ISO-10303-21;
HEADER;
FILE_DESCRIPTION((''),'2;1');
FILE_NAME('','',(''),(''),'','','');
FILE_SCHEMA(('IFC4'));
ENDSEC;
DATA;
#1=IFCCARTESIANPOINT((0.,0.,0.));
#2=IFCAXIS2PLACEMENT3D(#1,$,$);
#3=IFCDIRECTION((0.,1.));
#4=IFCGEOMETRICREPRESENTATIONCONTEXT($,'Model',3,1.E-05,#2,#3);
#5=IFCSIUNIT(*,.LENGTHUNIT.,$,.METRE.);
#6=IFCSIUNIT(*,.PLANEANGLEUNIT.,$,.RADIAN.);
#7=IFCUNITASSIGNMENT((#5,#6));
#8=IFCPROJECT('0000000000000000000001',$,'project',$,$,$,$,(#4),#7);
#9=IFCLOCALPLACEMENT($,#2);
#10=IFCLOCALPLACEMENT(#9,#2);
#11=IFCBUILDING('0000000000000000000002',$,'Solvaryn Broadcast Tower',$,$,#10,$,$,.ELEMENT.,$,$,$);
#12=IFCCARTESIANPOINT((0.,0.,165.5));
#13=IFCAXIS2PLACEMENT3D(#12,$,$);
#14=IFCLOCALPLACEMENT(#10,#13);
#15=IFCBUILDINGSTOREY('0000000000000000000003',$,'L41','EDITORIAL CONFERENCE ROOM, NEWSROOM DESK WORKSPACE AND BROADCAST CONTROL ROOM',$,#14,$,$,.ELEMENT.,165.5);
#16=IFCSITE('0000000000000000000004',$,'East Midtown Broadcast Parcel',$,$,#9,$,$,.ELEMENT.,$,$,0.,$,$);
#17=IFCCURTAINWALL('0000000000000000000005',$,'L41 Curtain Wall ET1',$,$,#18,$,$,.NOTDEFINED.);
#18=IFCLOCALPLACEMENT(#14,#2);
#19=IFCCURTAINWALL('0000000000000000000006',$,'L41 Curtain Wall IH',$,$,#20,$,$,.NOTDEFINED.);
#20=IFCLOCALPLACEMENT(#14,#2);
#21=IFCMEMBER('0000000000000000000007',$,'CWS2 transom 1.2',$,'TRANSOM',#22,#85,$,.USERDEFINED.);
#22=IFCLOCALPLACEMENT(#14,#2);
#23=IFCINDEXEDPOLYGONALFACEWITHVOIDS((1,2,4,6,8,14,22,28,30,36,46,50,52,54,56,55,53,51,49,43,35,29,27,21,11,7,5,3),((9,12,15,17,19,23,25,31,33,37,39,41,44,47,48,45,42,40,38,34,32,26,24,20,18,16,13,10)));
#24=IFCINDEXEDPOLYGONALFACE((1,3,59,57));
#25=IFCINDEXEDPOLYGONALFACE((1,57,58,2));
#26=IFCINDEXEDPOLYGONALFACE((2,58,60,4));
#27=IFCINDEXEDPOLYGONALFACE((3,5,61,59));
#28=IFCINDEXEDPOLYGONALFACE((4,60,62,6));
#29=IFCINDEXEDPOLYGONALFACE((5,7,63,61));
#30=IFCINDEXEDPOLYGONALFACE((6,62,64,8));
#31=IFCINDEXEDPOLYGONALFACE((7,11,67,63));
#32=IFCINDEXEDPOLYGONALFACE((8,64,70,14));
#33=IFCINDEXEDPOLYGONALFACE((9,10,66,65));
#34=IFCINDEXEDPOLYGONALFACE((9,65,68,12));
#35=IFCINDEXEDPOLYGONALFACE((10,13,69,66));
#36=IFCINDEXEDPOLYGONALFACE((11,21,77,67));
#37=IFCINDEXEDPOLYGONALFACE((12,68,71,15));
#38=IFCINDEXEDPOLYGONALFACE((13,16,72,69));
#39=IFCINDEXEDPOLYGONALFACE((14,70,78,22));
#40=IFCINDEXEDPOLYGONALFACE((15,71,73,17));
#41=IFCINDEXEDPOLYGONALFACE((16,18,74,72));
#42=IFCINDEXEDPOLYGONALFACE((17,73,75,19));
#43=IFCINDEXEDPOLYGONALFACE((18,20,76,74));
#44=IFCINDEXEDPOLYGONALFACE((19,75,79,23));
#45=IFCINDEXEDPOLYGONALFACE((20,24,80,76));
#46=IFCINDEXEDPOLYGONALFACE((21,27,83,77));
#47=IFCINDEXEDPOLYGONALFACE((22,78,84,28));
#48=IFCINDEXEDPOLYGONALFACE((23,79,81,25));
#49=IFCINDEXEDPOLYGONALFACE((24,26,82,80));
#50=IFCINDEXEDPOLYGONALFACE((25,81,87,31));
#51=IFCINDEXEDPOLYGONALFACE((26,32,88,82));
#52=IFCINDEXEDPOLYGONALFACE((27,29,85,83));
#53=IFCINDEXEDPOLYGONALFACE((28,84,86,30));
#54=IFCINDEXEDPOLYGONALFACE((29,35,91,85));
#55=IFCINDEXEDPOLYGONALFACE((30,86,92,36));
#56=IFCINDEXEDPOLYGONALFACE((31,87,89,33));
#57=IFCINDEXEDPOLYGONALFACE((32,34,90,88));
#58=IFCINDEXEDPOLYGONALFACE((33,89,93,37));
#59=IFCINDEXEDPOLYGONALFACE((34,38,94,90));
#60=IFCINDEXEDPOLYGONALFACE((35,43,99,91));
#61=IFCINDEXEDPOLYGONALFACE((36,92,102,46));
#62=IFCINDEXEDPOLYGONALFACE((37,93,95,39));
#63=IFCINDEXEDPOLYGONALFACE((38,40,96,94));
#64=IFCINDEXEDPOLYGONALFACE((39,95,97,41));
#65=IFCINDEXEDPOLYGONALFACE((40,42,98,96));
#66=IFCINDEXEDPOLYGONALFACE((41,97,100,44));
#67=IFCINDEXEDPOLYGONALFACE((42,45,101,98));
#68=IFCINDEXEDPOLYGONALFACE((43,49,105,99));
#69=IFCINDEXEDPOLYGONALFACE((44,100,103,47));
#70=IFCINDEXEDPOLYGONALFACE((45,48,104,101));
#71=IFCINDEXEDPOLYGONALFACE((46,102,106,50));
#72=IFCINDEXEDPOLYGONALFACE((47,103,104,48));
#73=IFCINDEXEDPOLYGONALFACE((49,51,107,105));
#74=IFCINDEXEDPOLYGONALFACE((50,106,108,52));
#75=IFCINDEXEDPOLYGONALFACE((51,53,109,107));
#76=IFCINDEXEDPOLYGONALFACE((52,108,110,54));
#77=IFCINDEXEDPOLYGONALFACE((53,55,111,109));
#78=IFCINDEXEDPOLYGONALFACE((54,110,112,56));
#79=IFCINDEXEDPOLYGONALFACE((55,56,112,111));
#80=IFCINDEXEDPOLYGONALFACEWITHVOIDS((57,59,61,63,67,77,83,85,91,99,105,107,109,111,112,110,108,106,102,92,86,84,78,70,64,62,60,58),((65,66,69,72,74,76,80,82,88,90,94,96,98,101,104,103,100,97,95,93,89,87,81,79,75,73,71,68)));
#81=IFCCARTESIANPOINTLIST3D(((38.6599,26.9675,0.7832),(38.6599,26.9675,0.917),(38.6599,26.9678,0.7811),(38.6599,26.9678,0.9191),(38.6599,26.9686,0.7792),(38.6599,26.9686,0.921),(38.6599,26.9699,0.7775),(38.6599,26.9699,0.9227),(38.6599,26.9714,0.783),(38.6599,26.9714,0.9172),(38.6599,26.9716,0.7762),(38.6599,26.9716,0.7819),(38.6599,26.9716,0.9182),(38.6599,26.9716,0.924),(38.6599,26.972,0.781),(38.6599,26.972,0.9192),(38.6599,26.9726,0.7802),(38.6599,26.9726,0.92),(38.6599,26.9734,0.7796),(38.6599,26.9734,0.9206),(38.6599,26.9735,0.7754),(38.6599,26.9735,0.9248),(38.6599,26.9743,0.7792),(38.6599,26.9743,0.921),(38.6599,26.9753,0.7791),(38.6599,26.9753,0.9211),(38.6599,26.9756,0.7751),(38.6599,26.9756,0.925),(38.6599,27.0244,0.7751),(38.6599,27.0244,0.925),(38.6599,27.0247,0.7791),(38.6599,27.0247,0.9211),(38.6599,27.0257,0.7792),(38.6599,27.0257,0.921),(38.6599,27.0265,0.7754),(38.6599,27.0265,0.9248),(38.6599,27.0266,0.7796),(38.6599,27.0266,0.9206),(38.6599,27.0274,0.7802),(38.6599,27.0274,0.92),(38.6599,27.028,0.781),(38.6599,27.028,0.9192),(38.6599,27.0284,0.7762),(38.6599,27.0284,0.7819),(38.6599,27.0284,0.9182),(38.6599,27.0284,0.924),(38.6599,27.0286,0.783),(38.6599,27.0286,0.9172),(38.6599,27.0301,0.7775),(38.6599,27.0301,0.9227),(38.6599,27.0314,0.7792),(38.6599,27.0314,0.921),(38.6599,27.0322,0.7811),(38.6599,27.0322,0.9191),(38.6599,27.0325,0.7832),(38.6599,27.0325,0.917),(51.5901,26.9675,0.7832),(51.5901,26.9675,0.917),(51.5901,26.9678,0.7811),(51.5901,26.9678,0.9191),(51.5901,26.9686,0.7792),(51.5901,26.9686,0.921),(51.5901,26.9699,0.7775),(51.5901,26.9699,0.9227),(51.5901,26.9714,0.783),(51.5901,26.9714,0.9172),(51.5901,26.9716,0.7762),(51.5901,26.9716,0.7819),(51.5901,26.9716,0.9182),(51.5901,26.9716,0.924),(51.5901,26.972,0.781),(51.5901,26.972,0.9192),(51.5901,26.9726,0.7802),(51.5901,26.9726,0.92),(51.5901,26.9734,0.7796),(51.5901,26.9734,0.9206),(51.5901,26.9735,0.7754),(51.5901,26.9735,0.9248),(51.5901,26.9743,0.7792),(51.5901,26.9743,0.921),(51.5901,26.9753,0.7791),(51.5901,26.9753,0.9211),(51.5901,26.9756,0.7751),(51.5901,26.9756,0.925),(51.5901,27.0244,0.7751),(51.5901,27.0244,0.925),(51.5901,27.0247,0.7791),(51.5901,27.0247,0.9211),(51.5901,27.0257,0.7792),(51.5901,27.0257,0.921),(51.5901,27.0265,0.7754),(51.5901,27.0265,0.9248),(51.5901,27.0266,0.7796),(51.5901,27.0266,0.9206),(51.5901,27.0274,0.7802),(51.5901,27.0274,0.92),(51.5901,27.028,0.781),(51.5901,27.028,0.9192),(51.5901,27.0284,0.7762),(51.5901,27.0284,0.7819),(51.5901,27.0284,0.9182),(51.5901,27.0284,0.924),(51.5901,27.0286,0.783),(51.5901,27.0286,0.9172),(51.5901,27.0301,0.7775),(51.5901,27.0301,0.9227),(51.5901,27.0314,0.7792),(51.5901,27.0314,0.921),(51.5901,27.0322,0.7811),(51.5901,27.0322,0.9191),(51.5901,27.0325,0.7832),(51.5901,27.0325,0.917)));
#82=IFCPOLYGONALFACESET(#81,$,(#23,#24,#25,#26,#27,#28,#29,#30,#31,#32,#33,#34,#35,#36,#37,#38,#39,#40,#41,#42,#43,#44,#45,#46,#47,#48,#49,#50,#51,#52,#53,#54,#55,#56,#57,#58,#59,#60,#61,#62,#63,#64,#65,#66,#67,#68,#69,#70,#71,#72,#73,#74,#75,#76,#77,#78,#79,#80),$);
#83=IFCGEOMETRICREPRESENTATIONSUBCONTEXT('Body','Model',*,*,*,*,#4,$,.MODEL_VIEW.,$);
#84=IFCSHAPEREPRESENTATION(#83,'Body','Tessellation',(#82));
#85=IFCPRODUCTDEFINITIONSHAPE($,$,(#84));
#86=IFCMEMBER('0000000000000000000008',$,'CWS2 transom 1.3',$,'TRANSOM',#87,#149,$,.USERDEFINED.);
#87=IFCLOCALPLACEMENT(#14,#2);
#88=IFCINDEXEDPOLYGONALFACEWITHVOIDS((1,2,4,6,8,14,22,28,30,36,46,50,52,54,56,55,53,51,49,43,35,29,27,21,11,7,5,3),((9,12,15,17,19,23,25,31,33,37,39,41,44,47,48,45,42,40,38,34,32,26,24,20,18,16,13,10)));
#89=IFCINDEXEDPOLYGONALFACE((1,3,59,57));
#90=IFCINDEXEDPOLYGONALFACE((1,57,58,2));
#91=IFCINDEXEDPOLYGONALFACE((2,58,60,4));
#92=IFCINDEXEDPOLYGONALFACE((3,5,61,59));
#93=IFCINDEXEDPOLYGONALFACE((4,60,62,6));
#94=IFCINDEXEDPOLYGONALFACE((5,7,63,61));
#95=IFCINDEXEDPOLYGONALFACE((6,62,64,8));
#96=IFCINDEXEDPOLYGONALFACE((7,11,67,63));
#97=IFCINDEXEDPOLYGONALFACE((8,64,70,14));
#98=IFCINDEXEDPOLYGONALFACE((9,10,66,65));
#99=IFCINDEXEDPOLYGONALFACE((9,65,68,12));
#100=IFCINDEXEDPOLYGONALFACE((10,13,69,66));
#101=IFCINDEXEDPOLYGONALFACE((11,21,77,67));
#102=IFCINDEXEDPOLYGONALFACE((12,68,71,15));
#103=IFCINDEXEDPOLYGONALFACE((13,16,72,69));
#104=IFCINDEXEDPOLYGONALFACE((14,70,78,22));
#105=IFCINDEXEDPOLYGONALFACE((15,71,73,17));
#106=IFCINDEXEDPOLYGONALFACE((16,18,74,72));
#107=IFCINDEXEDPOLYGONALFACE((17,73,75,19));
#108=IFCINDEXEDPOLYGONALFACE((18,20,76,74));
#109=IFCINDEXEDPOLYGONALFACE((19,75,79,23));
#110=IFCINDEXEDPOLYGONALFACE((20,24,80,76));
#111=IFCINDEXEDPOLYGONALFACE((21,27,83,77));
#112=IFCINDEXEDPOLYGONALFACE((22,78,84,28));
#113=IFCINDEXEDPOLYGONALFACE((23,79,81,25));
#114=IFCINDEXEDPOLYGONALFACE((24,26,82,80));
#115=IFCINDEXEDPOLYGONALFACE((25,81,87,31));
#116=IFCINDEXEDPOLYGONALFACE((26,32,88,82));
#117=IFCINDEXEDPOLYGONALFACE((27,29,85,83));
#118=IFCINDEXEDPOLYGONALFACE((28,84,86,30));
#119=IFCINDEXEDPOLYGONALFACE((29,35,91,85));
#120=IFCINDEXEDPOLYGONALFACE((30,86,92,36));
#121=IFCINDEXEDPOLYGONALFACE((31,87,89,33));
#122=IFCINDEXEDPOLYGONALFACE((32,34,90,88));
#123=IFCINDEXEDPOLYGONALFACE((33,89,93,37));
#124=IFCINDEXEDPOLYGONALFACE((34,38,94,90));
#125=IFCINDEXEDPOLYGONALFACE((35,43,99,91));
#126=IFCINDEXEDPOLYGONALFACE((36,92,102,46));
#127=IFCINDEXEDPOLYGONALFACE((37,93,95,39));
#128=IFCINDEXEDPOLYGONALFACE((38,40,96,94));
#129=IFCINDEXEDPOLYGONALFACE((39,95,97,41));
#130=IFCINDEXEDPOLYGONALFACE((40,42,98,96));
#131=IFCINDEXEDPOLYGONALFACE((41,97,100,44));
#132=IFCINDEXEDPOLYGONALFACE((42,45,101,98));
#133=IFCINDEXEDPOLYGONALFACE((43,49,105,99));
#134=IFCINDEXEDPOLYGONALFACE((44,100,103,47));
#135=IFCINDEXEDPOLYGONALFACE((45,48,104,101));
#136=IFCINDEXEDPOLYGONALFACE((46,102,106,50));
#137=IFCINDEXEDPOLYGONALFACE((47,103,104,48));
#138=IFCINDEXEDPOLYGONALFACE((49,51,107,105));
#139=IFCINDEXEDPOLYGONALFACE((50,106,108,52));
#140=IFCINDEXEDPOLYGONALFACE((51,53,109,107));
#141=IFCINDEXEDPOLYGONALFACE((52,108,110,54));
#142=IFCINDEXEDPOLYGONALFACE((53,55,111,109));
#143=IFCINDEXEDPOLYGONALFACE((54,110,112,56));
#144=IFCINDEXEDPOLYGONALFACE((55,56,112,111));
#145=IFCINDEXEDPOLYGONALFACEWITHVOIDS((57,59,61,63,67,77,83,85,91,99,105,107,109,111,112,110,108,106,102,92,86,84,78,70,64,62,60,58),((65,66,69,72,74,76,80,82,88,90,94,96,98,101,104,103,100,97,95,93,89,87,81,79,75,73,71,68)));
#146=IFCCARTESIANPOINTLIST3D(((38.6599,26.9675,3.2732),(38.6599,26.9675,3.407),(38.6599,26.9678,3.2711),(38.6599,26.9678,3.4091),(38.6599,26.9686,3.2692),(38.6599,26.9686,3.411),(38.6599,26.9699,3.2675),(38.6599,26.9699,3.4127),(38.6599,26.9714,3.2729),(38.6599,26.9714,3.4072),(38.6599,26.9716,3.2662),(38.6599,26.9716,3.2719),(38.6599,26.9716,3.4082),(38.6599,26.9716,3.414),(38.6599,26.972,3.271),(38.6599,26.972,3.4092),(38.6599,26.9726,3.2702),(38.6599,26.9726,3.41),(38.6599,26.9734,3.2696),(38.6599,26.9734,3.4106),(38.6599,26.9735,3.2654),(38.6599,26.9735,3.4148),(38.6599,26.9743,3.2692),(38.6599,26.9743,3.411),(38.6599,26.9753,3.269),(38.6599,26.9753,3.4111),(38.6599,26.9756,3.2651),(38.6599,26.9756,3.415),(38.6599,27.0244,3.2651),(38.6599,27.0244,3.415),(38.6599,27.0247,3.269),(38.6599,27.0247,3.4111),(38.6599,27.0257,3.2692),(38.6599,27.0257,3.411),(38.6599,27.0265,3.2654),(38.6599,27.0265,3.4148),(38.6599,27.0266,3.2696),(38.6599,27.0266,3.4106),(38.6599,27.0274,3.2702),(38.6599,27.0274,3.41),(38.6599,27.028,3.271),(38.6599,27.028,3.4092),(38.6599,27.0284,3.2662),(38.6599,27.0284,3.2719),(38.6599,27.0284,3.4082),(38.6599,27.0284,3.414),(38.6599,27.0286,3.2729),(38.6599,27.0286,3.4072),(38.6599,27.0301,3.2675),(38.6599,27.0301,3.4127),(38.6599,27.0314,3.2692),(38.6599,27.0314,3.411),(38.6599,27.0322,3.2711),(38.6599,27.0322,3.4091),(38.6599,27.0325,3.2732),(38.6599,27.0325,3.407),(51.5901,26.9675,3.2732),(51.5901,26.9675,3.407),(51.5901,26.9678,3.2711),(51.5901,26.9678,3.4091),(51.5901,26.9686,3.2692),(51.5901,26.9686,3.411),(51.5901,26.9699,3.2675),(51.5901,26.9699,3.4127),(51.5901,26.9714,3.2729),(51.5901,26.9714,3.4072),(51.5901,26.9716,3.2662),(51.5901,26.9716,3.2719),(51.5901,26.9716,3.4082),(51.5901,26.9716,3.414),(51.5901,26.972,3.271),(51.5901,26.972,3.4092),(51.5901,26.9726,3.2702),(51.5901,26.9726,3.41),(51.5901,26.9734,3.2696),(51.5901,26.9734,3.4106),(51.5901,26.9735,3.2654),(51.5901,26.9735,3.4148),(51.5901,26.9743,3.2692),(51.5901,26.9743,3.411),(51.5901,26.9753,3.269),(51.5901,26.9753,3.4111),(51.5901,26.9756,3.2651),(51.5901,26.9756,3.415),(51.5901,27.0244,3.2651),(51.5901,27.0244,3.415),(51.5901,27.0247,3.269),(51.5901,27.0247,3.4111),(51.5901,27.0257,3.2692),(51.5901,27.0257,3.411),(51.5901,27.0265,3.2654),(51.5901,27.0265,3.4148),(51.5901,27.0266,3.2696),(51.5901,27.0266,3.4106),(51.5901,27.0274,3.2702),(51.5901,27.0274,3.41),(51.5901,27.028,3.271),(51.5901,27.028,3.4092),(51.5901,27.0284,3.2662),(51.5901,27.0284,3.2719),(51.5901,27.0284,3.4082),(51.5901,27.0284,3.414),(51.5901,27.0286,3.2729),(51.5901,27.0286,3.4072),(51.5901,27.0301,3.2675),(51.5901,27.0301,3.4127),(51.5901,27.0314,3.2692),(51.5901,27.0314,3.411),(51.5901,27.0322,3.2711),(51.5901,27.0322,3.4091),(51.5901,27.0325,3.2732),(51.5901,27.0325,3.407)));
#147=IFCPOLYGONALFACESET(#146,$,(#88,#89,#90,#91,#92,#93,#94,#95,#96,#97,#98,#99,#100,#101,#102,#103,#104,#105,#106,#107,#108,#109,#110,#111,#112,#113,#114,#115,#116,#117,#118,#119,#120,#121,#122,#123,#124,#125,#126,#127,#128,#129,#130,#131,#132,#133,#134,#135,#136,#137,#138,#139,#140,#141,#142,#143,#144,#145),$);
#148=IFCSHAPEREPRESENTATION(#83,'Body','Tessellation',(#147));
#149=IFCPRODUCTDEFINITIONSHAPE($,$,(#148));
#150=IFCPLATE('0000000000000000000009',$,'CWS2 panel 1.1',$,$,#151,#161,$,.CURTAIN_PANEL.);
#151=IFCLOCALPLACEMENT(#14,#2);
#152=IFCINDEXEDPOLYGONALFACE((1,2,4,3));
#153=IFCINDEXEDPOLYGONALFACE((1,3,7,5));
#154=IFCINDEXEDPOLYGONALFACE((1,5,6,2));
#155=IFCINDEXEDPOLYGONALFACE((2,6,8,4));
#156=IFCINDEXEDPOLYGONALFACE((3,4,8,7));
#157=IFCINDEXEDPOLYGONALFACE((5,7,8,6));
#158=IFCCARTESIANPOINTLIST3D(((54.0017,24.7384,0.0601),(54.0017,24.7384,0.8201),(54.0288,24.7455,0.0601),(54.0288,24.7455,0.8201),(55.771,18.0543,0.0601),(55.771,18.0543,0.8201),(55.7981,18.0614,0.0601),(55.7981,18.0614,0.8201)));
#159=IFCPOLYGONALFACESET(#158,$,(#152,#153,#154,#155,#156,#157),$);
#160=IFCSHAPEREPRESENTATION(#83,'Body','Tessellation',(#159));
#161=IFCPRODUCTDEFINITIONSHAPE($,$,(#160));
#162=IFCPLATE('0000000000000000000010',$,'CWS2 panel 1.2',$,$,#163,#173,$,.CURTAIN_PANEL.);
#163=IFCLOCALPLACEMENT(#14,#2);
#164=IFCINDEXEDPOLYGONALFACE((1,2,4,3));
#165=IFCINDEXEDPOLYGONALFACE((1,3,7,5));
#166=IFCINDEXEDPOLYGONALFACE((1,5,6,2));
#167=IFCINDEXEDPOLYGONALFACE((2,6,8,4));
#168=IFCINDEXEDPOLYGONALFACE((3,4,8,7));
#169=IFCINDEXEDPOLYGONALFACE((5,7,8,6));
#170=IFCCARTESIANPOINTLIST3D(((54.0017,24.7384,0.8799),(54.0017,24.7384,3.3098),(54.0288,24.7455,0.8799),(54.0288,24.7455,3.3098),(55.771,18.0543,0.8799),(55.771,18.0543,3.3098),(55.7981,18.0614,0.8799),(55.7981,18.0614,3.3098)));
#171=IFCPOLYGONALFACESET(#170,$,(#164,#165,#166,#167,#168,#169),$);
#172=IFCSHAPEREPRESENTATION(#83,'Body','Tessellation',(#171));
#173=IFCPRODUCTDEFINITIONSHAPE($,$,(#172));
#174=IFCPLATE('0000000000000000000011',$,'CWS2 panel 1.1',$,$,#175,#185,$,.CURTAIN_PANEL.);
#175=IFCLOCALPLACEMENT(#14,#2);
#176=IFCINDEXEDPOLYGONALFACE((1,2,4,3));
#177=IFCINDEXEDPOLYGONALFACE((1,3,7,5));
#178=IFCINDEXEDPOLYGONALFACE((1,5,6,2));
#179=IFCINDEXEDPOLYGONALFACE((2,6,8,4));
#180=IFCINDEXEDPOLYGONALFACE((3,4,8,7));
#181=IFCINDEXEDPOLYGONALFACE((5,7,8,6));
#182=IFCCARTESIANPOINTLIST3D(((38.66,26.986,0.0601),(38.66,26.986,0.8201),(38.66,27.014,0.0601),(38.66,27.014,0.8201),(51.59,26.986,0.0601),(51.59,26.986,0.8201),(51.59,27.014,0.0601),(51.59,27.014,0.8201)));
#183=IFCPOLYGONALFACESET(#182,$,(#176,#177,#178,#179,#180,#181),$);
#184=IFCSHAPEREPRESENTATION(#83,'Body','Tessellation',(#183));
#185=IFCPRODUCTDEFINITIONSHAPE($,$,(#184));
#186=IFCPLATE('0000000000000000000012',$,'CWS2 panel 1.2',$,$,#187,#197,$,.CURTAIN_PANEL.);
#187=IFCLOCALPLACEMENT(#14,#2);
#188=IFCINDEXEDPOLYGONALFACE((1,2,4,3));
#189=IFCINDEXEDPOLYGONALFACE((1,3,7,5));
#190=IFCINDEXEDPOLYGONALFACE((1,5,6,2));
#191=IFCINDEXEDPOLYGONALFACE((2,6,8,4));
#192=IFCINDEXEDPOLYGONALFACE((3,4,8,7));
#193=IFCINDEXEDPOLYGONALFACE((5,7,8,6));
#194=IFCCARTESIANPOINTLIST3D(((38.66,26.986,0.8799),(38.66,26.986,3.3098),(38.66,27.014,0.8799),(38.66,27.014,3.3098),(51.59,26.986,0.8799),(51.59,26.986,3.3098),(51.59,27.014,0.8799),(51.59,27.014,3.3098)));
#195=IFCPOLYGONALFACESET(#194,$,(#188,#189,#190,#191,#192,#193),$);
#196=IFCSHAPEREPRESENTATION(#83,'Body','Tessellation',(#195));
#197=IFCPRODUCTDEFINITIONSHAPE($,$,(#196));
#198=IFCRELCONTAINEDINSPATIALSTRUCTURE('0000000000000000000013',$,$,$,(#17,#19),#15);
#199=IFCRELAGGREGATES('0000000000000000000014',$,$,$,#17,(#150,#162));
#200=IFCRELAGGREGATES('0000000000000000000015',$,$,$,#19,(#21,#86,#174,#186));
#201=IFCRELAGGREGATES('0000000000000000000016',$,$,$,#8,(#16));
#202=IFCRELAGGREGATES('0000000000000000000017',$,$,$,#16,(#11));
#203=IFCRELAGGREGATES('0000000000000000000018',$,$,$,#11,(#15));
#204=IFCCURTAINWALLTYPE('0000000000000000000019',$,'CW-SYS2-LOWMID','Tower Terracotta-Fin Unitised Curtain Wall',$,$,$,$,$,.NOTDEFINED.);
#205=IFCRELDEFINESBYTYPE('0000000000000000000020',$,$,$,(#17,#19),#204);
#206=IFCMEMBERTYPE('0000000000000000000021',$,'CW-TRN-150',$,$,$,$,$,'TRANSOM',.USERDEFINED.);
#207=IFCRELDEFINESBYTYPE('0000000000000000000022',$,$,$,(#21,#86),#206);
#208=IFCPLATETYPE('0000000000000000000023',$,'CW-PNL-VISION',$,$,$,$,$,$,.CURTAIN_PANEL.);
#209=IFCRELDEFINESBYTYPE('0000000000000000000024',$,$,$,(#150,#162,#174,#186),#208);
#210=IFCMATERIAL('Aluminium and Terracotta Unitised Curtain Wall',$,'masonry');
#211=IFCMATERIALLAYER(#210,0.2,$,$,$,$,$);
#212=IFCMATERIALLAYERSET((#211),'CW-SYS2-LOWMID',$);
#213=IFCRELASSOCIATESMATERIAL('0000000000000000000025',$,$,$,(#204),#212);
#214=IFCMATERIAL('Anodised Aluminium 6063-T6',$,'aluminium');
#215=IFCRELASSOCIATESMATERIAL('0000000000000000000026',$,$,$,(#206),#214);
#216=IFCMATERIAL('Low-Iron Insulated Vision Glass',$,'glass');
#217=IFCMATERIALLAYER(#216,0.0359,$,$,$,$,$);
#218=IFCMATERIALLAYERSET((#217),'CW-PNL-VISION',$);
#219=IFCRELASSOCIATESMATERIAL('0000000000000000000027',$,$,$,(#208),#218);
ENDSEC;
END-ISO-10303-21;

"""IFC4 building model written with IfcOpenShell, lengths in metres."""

from ifc_helpers import new_model, si_unit, direction, frame, origin, origin_2d, place, context, subcontext, project, spatial, rectangle, hollow_rectangle, extrude, material, layer, layer_set, material_profile, profile_set, type_object, element, aggregate, save


model = new_model("IFC4")

# Units and contexts
model_context = context("Model", 3, precision=1e-05, world=origin(), true_north=direction((0.0, 1.0)))
body_context = subcontext(model_context, "Body", "Model", "MODEL_VIEW")
ifc_project = project(units=[si_unit("LENGTHUNIT", "METRE"), si_unit("PLANEANGLEUNIT", "RADIAN")], contexts=[model_context])

# Site, building, storey
site_placement = place(None, origin())
site = spatial("IfcSite", under=ifc_project, at=site_placement, Name="East Midtown Broadcast Parcel", CompositionType="ELEMENT", RefElevation=0.0)
building_placement = place(site_placement, origin())
building = spatial("IfcBuilding", under=site, at=building_placement, Name="Solvaryn Broadcast Tower", CompositionType="ELEMENT")
storey_placement = place(building_placement, frame((0.0, 0.0, 165.5)))
storey = spatial("IfcBuildingStorey", under=building, at=storey_placement, Name="L41", Description="EDITORIAL CONFERENCE ROOM, NEWSROOM DESK WORKSPACE AND BROADCAST CONTROL ROOM", CompositionType="ELEMENT", Elevation=165.5)

# Curtain walls
ifc_material_1 = material(Name="Aluminium and Terracotta Unitised Curtain Wall", Category="masonry")
ifc_layer_1 = layer(ifc_material_1, 0.2)
ifc_layer_set_1 = layer_set([ifc_layer_1], Name="CW-SYS2-LOWMID")
curtain_wall_type = type_object("IfcCurtainWallType", Name="CW-SYS2-LOWMID", Description="Tower Terracotta-Fin Unitised Curtain Wall", PredefinedType="NOTDEFINED", material=ifc_layer_set_1)
curtain_wall_1_placement = place(storey_placement, origin())
curtain_wall_1 = element("IfcCurtainWall", 1, at=curtain_wall_1_placement, inside=storey, type_object=curtain_wall_type, Name="L41 Curtain Wall ET1", PredefinedType="NOTDEFINED")
curtain_wall_2_placement = place(storey_placement, origin())
curtain_wall_2 = element("IfcCurtainWall", 2, at=curtain_wall_2_placement, inside=storey, type_object=curtain_wall_type, Name="L41 Curtain Wall IH", PredefinedType="NOTDEFINED")

# Members
ifc_material_2 = material(Name="Anodised Aluminium 6063-T6", Category="aluminium")
ifc_material_profile_1 = material_profile(ifc_material_2, hollow_rectangle(XDim=0.0649, YDim=0.1499, WallThickness=0.0039, InnerFilletRadius=0.0039, OuterFilletRadius=0.0081, at=origin_2d()))
ifc_profile_set_1 = profile_set([ifc_material_profile_1], Name="Anodised Aluminium 6063-T6")
member_type_1 = type_object("IfcMemberType", Name="CW-TRN-150", ElementType="TRANSOM", PredefinedType="USERDEFINED", material=ifc_profile_set_1)
member_1_placement = place(storey_placement, frame((38.6599, 27.0, 0.8501), z_axis=(1.0, 0.0, 0.0), x_axis=(0.0, 1.0, 0.0)))
member_1 = element("IfcMember", 3, at=member_1_placement, type_object=member_type_1, Name="CWS2 transom 1.2", ObjectType="TRANSOM", PredefinedType="USERDEFINED", context=body_context, shape_type="SweptSolid", body=[
    extrude(hollow_rectangle(XDim=0.0649, YDim=0.1499, WallThickness=0.0039, InnerFilletRadius=0.0039, OuterFilletRadius=0.0081, at=origin_2d()), origin(), (0.0, 0.0, 1.0), 12.9302),
])
member_2_placement = place(storey_placement, frame((38.6599, 27.0, 3.3401), z_axis=(1.0, 0.0, 0.0), x_axis=(0.0, 1.0, 0.0)))
member_2 = element("IfcMember", 4, at=member_2_placement, type_object=member_type_1, Name="CWS2 transom 1.3", ObjectType="TRANSOM", PredefinedType="USERDEFINED", context=body_context, shape_type="SweptSolid", body=[
    extrude(hollow_rectangle(XDim=0.0649, YDim=0.1499, WallThickness=0.0039, InnerFilletRadius=0.0039, OuterFilletRadius=0.0081, at=origin_2d()), origin(), (0.0, 0.0, 1.0), 12.9302),
])

# Plates
ifc_material_3 = material(Name="Low-Iron Insulated Vision Glass", Category="glass")
ifc_layer_2 = layer(ifc_material_3, 0.0359)
ifc_layer_set_2 = layer_set([ifc_layer_2], Name="CW-PNL-VISION")
plate_type = type_object("IfcPlateType", Name="CW-PNL-VISION", PredefinedType="CURTAIN_PANEL", material=ifc_layer_set_2)
plate_1_placement = place(storey_placement, frame((54.8999, 21.3999, 0.0601), z_axis=(0.0, 0.0, 1.0), x_axis=(0.255893, -0.966705, 0.0)))
plate_1 = element("IfcPlate", 5, at=plate_1_placement, type_object=plate_type, Name="CWS2 panel 1.1", PredefinedType="CURTAIN_PANEL", context=body_context, shape_type="SweptSolid", body=[
    extrude(rectangle(XDim=6.9143, YDim=0.0281, at=origin_2d()), origin(), (0.0, 0.0, 1.0), 0.76),
])
plate_2_placement = place(storey_placement, frame((54.8999, 21.3999, 0.8799), z_axis=(0.0, 0.0, 1.0), x_axis=(0.255893, -0.966705, 0.0)))
plate_2 = element("IfcPlate", 6, at=plate_2_placement, type_object=plate_type, Name="CWS2 panel 1.2", PredefinedType="CURTAIN_PANEL", context=body_context, shape_type="SweptSolid", body=[
    extrude(rectangle(XDim=6.9143, YDim=0.0281, at=origin_2d()), origin(), (0.0, 0.0, 1.0), 2.4299),
])
aggregate(curtain_wall_1, [plate_1, plate_2])
plate_3_placement = place(storey_placement, frame((45.125, 27.0, 0.0601), z_axis=(0.0, 0.0, 1.0), x_axis=(1.0, 0.0, 0.0)))
plate_3 = element("IfcPlate", 7, at=plate_3_placement, type_object=plate_type, Name="CWS2 panel 1.1", PredefinedType="CURTAIN_PANEL", context=body_context, shape_type="SweptSolid", body=[
    extrude(rectangle(XDim=12.9299, YDim=0.0281, at=origin_2d()), origin(), (0.0, 0.0, 1.0), 0.76),
])
plate_4_placement = place(storey_placement, frame((45.125, 27.0, 0.8799), z_axis=(0.0, 0.0, 1.0), x_axis=(1.0, 0.0, 0.0)))
plate_4 = element("IfcPlate", 8, at=plate_4_placement, type_object=plate_type, Name="CWS2 panel 1.2", PredefinedType="CURTAIN_PANEL", context=body_context, shape_type="SweptSolid", body=[
    extrude(rectangle(XDim=12.9299, YDim=0.0281, at=origin_2d()), origin(), (0.0, 0.0, 1.0), 2.4299),
])
aggregate(curtain_wall_2, [member_1, member_2, plate_3, plate_4])

save(model, "model.ifc")
